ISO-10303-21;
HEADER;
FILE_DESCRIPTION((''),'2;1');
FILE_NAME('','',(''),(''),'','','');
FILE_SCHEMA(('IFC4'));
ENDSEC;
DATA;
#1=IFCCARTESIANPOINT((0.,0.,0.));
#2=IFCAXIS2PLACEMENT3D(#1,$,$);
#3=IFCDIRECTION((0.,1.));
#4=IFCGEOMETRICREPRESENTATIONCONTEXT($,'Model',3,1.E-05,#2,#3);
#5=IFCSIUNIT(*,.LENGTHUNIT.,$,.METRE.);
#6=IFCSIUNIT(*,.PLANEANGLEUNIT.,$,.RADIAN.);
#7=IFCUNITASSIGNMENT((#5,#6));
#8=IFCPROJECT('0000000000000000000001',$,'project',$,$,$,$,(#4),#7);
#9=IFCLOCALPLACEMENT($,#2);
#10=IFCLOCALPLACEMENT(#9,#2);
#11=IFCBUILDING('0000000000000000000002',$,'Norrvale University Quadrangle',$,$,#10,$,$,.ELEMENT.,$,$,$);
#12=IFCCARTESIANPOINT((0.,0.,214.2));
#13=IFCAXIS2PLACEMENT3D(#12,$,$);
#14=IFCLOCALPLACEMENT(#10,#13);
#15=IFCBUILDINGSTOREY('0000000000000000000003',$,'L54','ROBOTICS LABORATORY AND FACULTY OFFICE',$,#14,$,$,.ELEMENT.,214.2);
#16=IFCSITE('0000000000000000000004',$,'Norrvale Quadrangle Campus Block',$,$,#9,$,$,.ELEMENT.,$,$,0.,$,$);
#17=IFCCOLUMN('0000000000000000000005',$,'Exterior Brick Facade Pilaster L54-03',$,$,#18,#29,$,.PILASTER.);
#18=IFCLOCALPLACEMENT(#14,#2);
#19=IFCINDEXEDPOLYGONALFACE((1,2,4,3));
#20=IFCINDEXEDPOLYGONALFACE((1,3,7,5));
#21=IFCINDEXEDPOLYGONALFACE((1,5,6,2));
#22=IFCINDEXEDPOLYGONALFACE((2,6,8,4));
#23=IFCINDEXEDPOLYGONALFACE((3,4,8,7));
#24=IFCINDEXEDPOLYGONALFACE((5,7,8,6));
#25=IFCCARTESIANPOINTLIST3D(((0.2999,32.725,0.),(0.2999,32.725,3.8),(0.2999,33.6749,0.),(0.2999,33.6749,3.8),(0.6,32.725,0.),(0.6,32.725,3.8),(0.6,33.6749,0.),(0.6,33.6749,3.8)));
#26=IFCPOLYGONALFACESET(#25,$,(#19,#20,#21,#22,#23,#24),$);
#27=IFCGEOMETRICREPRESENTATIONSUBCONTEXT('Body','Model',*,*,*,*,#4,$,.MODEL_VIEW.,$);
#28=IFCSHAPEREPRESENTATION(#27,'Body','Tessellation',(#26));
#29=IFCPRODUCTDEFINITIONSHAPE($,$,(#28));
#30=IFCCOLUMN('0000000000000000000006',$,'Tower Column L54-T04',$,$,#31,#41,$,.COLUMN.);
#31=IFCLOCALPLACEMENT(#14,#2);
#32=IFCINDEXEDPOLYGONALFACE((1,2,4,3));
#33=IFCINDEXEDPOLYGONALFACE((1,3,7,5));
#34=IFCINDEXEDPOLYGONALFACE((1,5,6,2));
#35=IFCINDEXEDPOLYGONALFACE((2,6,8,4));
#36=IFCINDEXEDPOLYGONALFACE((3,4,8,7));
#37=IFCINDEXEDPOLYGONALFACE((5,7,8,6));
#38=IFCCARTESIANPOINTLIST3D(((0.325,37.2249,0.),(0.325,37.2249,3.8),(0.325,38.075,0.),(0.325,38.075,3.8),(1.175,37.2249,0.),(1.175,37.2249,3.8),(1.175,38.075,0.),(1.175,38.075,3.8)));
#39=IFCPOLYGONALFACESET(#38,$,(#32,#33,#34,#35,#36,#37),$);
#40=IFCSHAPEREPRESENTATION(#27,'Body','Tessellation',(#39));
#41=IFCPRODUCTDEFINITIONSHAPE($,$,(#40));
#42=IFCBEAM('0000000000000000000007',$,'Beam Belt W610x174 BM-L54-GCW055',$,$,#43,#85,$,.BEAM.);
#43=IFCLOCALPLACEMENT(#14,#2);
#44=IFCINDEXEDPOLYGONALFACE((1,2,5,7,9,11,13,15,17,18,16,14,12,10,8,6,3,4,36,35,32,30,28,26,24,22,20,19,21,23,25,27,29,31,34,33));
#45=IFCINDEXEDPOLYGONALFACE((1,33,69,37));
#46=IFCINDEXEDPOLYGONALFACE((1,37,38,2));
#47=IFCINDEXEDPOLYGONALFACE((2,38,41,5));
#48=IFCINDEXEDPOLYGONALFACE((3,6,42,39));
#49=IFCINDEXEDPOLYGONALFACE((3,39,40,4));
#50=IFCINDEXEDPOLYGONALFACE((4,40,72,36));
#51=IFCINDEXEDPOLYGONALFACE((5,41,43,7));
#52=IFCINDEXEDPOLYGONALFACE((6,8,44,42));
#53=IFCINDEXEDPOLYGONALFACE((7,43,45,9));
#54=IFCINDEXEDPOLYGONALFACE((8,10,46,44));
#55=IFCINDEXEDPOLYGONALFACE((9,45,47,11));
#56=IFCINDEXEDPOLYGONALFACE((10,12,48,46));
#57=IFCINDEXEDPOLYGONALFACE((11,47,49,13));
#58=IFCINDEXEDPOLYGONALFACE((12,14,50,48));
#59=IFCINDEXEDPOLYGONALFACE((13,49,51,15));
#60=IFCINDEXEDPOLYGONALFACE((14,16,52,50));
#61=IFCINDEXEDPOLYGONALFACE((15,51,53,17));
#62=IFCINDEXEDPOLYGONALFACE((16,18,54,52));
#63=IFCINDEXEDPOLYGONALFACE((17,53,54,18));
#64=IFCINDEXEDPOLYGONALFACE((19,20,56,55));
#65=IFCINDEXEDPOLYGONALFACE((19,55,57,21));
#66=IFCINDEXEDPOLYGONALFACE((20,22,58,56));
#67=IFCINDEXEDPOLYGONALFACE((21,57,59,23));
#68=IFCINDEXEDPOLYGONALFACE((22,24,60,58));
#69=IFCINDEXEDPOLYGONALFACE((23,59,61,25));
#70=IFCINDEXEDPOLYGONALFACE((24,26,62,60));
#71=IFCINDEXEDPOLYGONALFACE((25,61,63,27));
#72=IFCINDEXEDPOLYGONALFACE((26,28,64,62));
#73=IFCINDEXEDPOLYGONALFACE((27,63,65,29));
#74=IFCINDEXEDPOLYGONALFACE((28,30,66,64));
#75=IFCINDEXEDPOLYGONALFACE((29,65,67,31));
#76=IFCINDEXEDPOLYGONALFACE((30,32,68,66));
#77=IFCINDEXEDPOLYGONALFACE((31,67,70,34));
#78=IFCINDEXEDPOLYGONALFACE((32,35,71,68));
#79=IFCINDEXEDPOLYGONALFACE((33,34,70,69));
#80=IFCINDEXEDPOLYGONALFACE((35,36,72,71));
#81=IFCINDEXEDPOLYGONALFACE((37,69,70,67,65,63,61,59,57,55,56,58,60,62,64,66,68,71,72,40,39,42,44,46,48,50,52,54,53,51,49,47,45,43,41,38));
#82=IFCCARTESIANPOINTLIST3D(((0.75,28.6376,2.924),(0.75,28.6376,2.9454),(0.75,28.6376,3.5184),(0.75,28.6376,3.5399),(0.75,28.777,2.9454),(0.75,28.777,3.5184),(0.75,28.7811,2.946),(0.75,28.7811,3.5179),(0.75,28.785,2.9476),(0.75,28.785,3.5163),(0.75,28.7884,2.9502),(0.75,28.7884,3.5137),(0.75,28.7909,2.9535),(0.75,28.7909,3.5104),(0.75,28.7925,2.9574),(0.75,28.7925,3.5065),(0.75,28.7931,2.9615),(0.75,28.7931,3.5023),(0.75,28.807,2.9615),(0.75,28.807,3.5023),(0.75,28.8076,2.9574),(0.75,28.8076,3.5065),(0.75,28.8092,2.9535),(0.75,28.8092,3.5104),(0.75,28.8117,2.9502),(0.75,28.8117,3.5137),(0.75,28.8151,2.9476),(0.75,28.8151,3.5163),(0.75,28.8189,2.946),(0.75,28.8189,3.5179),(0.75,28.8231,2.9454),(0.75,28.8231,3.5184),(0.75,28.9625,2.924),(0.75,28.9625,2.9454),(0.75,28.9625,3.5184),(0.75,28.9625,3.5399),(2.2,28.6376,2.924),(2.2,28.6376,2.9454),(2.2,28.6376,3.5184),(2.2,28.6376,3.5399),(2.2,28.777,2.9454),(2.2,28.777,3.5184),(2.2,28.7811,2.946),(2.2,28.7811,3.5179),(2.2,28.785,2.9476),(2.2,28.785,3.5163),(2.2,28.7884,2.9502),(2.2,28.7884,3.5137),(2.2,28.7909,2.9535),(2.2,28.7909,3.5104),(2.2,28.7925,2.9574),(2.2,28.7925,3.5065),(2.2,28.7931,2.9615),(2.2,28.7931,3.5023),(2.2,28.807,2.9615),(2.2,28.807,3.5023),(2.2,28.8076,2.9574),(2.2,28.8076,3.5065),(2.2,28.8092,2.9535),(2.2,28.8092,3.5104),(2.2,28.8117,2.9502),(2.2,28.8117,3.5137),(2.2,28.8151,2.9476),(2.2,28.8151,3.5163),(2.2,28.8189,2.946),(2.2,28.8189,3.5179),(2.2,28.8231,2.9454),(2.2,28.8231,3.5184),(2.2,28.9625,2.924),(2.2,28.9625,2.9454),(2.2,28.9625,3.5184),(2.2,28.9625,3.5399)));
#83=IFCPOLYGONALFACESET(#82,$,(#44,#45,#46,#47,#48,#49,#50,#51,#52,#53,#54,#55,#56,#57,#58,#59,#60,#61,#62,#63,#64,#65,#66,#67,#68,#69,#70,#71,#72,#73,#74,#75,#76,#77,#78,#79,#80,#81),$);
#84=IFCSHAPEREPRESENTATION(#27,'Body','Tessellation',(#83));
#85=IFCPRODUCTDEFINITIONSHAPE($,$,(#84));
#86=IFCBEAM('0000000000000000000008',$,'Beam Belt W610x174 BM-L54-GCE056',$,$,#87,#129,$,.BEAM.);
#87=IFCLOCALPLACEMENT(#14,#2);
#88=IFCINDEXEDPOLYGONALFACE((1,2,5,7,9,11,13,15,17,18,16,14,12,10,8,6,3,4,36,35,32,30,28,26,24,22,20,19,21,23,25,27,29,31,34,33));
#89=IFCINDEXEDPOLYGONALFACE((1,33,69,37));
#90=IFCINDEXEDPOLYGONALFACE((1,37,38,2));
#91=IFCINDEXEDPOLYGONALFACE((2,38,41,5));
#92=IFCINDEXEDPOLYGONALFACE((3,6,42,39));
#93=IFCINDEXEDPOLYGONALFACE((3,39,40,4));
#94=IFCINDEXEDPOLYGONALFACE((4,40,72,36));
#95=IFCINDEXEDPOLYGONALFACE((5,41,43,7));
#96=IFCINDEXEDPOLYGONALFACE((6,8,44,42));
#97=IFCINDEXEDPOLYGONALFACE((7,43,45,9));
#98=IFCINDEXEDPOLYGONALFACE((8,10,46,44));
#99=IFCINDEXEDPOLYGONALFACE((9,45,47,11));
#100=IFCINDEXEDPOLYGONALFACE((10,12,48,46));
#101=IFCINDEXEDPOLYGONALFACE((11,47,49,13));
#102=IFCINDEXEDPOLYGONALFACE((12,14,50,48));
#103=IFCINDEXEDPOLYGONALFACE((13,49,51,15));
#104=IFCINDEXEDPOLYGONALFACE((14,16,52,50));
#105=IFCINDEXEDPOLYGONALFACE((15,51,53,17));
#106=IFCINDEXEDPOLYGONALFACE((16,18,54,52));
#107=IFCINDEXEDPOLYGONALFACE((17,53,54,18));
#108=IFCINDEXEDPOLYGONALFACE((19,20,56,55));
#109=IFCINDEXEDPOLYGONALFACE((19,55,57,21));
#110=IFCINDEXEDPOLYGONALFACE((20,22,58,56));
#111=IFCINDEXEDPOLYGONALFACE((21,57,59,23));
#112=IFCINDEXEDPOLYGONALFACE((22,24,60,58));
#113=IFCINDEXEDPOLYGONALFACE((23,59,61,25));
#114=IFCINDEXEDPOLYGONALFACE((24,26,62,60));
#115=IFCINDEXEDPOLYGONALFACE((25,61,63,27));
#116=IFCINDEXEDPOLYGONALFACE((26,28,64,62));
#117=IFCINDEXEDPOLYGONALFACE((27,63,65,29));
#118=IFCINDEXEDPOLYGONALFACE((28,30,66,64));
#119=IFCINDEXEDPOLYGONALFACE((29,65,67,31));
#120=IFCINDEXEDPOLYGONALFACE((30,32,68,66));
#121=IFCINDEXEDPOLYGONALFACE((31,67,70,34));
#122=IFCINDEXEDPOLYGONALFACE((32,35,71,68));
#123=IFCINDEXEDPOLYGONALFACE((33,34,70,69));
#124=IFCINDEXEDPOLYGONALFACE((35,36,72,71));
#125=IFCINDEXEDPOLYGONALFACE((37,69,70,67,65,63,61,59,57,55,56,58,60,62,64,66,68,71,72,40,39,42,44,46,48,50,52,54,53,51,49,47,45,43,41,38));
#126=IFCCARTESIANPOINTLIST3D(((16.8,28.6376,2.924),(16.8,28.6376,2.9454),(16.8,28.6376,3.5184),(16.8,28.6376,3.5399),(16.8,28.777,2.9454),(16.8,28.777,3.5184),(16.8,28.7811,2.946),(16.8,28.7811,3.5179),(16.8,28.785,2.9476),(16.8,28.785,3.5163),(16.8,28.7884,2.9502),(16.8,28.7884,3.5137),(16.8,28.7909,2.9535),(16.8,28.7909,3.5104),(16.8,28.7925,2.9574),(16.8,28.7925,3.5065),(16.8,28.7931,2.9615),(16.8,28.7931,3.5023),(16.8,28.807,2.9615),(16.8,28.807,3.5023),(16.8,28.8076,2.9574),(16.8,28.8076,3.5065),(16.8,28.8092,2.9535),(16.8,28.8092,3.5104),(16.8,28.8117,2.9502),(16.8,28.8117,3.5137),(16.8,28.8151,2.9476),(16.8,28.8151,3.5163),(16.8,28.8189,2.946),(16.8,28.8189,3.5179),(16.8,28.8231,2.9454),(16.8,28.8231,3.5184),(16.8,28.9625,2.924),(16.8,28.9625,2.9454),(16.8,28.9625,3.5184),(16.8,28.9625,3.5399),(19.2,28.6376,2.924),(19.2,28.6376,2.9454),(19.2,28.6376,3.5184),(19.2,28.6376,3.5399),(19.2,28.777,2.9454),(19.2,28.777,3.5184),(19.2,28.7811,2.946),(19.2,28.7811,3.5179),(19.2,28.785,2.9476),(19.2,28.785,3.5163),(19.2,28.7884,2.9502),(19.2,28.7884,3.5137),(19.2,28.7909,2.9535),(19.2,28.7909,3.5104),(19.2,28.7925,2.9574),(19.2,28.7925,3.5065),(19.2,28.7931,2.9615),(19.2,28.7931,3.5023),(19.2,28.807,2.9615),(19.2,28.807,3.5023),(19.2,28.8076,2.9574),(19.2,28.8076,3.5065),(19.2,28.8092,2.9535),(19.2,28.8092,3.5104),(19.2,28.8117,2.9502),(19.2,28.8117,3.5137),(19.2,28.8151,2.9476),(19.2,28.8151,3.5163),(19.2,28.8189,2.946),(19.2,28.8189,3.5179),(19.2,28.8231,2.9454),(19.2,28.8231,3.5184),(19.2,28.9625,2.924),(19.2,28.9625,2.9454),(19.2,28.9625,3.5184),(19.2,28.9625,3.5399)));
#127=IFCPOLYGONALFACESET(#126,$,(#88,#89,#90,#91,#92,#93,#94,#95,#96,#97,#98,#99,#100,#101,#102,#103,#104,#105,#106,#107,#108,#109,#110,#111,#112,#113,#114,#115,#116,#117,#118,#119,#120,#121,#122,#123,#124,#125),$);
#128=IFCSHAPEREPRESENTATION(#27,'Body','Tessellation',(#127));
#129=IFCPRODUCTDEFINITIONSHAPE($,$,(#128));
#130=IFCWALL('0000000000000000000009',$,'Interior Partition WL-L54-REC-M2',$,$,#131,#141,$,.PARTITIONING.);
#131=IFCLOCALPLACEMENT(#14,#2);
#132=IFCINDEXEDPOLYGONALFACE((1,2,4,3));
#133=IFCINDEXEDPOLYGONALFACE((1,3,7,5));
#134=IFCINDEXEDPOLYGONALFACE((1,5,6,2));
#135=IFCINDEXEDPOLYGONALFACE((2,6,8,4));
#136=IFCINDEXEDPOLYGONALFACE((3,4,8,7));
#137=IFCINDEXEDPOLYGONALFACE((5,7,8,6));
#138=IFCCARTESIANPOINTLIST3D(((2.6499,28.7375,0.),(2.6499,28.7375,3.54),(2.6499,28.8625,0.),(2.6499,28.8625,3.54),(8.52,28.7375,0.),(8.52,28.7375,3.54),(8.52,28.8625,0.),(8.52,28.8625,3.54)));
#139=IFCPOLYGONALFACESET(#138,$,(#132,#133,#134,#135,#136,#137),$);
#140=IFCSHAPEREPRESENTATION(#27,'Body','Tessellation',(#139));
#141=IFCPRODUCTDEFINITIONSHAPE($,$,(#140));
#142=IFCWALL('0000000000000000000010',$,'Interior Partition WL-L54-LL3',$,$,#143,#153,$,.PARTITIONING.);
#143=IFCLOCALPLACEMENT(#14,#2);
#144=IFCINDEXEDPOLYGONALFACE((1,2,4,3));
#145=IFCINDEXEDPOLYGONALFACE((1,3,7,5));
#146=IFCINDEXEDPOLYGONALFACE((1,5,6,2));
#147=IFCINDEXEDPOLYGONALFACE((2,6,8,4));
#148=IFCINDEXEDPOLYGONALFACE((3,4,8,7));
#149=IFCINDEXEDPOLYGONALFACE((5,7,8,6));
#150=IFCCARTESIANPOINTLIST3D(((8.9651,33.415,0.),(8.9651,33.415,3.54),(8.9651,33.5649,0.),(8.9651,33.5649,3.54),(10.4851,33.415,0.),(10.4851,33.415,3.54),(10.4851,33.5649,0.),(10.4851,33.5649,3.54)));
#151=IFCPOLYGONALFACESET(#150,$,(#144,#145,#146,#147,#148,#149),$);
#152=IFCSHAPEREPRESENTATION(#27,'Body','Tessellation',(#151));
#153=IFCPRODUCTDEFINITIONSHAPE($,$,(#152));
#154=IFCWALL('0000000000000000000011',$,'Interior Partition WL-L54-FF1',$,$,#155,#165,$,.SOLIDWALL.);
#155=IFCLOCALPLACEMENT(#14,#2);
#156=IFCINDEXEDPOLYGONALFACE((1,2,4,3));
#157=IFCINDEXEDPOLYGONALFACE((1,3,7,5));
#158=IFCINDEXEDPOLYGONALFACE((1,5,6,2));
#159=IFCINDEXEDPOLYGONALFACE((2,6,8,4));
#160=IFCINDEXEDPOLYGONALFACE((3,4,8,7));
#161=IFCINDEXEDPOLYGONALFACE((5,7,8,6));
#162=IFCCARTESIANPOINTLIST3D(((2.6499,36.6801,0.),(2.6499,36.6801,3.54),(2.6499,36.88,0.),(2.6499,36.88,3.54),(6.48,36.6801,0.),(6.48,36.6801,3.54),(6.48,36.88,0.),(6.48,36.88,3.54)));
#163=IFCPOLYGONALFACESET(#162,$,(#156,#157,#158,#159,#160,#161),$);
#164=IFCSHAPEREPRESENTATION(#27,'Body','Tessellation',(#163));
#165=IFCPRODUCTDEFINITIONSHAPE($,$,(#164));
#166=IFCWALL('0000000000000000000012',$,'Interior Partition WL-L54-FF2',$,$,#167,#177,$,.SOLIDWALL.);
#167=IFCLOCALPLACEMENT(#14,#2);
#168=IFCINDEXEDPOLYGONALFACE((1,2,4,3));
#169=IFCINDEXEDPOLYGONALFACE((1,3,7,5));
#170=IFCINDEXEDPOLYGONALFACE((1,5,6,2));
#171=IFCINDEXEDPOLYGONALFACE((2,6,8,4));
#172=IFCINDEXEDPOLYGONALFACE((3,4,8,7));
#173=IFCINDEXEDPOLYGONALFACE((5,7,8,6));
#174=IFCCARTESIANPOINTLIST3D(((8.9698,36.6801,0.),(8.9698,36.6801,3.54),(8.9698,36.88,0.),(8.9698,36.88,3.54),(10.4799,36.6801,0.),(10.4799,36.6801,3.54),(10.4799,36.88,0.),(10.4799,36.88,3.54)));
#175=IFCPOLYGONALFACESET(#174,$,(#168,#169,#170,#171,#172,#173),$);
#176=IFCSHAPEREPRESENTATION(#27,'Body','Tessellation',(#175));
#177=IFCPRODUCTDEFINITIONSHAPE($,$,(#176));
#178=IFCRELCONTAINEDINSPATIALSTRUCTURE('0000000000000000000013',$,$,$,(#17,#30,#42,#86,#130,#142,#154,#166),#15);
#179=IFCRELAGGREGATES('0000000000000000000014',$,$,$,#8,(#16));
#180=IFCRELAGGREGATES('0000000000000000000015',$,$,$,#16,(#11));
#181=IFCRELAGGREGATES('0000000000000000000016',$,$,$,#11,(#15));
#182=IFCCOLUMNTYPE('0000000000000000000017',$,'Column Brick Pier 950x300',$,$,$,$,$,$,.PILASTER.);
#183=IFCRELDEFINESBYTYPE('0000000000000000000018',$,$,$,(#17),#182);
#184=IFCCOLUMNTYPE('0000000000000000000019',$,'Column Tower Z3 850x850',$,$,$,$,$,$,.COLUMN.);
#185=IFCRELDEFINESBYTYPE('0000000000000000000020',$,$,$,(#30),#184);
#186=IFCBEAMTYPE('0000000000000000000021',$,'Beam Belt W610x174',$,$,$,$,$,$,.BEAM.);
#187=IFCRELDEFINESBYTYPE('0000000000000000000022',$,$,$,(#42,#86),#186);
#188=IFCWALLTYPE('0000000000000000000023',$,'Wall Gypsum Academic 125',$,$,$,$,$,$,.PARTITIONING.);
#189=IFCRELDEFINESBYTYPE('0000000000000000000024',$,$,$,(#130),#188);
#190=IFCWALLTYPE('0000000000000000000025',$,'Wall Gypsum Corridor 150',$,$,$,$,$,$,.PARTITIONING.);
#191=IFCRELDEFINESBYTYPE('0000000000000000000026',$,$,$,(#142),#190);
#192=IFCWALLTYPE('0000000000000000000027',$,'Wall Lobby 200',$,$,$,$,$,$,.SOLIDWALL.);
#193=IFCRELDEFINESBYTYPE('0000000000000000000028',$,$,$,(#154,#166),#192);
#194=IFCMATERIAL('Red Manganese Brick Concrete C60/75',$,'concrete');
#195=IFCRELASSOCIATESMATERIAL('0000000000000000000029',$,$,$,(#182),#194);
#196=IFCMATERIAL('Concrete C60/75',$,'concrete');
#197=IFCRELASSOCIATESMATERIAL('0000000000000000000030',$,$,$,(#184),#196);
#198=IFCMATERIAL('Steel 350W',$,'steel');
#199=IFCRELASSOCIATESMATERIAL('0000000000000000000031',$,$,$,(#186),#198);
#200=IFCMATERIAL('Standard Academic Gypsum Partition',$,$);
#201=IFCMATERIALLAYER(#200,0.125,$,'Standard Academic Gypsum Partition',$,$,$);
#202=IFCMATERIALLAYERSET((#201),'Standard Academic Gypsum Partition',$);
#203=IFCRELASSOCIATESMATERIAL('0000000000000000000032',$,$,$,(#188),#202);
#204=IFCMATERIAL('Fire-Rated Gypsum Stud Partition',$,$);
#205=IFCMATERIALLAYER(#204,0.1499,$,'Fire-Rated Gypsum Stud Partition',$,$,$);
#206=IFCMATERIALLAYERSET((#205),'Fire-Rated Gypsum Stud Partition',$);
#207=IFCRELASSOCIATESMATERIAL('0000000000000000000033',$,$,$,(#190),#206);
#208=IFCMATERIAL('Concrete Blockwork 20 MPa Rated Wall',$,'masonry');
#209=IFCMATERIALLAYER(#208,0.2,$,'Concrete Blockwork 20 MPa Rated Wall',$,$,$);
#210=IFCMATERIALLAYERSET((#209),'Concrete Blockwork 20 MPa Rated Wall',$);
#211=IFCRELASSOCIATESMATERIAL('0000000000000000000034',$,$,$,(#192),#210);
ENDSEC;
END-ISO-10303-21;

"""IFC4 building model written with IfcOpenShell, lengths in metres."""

from ifc_helpers import new_model, si_unit, direction, frame, frame_2d, origin, origin_2d, place, context, subcontext, project, spatial, rectangle, i_section, extrude, material, layer, layer_set, material_profile, profile_set, type_object, element, save


model = new_model("IFC4")

# Units and contexts
model_context = context("Model", 3, precision=1e-05, world=origin(), true_north=direction((0.0, 1.0)))
body_context = subcontext(model_context, "Body", "Model", "MODEL_VIEW")
ifc_project = project(units=[si_unit("LENGTHUNIT", "METRE"), si_unit("PLANEANGLEUNIT", "RADIAN")], contexts=[model_context])

# Site, building, storey
site_placement = place(None, origin())
site = spatial("IfcSite", under=ifc_project, at=site_placement, Name="Norrvale Quadrangle Campus Block", CompositionType="ELEMENT", RefElevation=0.0)
building_placement = place(site_placement, origin())
building = spatial("IfcBuilding", under=site, at=building_placement, Name="Norrvale University Quadrangle", CompositionType="ELEMENT")
storey_placement = place(building_placement, frame((0.0, 0.0, 214.2)))
storey = spatial("IfcBuildingStorey", under=building, at=storey_placement, Name="L54", Description="ROBOTICS LABORATORY AND FACULTY OFFICE", CompositionType="ELEMENT", Elevation=214.2)

# Columns
ifc_material_1 = material(Name="Red Manganese Brick Concrete C60/75", Category="concrete")
ifc_material_profile_1 = material_profile(ifc_material_1, rectangle(XDim=0.95, YDim=0.3, at=origin_2d()), Name="Red Manganese Brick Concrete C60/75")
ifc_profile_set_1 = profile_set([ifc_material_profile_1], Name="Red Manganese Brick Concrete C60/75")
column_type_1 = type_object("IfcColumnType", Name="Column Brick Pier 950x300", PredefinedType="PILASTER", material=ifc_profile_set_1)
column_1_placement = place(storey_placement, frame((0.45, 33.2, 0.0), z_axis=(0.0, 0.0, 1.0), x_axis=(0.0, 1.0, 0.0)))
element("IfcColumn", 1, at=column_1_placement, inside=storey, type_object=column_type_1, Name="Exterior Brick Facade Pilaster L54-03", PredefinedType="PILASTER", context=body_context, shape_type="SweptSolid", body=[
    extrude(rectangle(XDim=0.95, YDim=0.3, at=origin_2d()), origin(), (0.0, 0.0, 1.0), 3.8),
])
ifc_material_2 = material(Name="Concrete C60/75", Category="concrete")
ifc_material_profile_2 = material_profile(ifc_material_2, rectangle(XDim=0.8501, YDim=0.8501, at=origin_2d()), Name="Concrete C60/75")
ifc_profile_set_2 = profile_set([ifc_material_profile_2], Name="Concrete C60/75")
column_type_2 = type_object("IfcColumnType", Name="Column Tower Z3 850x850", PredefinedType="COLUMN", material=ifc_profile_set_2)
column_2_placement = place(storey_placement, frame((0.75, 37.6499, 0.0), z_axis=(0.0, 0.0, 1.0), x_axis=(1.0, 0.0, 0.0)))
element("IfcColumn", 2, at=column_2_placement, inside=storey, type_object=column_type_2, Name="Tower Column L54-T04", PredefinedType="COLUMN", context=body_context, shape_type="SweptSolid", body=[
    extrude(rectangle(XDim=0.8501, YDim=0.8501, at=origin_2d()), origin(), (0.0, 0.0, 1.0), 3.8),
])

# Beams
ifc_material_3 = material(Name="Steel 350W", Category="steel")
ifc_material_profile_3 = material_profile(ifc_material_3, i_section(OverallWidth=0.325, OverallDepth=0.616, WebThickness=0.0139, FlangeThickness=0.0215, FilletRadius=0.0161, at=origin_2d()), Name="Steel 350W")
ifc_profile_set_3 = profile_set([ifc_material_profile_3], Name="Steel 350W")
beam_type = type_object("IfcBeamType", Name="Beam Belt W610x174", PredefinedType="BEAM", material=ifc_profile_set_3)
beam_1_placement = place(storey_placement, frame((0.75, 28.8, 3.2319), z_axis=(1.0, 0.0, 0.0), x_axis=(0.0, 1.0, 0.0)))
element("IfcBeam", 3, at=beam_1_placement, inside=storey, type_object=beam_type, Name="Beam Belt W610x174 BM-L54-GCW055", PredefinedType="BEAM", context=body_context, shape_type="SweptSolid", body=[
    extrude(i_section(OverallWidth=0.325, OverallDepth=0.616, WebThickness=0.0139, FlangeThickness=0.0215, FilletRadius=0.0161, at=origin_2d()), origin(), (0.0, 0.0, 1.0), 1.45),
])
beam_2_placement = place(storey_placement, frame((16.8, 28.8, 3.2319), z_axis=(1.0, 0.0, 0.0), x_axis=(0.0, 1.0, 0.0)))
element("IfcBeam", 4, at=beam_2_placement, inside=storey, type_object=beam_type, Name="Beam Belt W610x174 BM-L54-GCE056", PredefinedType="BEAM", context=body_context, shape_type="SweptSolid", body=[
    extrude(i_section(OverallWidth=0.325, OverallDepth=0.616, WebThickness=0.0139, FlangeThickness=0.0215, FilletRadius=0.0161, at=origin_2d()), origin(), (0.0, 0.0, 1.0), 2.3999),
])

# Walls
ifc_material_4 = material(Name="Standard Academic Gypsum Partition")
ifc_layer_1 = layer(ifc_material_4, 0.125, Name="Standard Academic Gypsum Partition")
ifc_layer_set_1 = layer_set([ifc_layer_1], Name="Standard Academic Gypsum Partition")
wall_type_1 = type_object("IfcWallType", Name="Wall Gypsum Academic 125", PredefinedType="PARTITIONING", material=ifc_layer_set_1)
wall_1_placement = place(storey_placement, frame((2.6499, 28.8, 0.0), z_axis=(0.0, 0.0, 1.0), x_axis=(1.0, 0.0, 0.0)))
element("IfcWall", 5, at=wall_1_placement, inside=storey, type_object=wall_type_1, Name="Interior Partition WL-L54-REC-M2", PredefinedType="PARTITIONING", context=body_context, shape_type="SweptSolid", body=[
    extrude(rectangle(XDim=5.8701, YDim=0.125, at=frame_2d((2.9351, 0.0))), origin(), (0.0, 0.0, 1.0), 3.54),
])
ifc_material_5 = material(Name="Fire-Rated Gypsum Stud Partition")
ifc_layer_2 = layer(ifc_material_5, 0.1499, Name="Fire-Rated Gypsum Stud Partition")
ifc_layer_set_2 = layer_set([ifc_layer_2], Name="Fire-Rated Gypsum Stud Partition")
wall_type_2 = type_object("IfcWallType", Name="Wall Gypsum Corridor 150", PredefinedType="PARTITIONING", material=ifc_layer_set_2)
wall_2_placement = place(storey_placement, frame((8.9651, 33.49, 0.0), z_axis=(0.0, 0.0, 1.0), x_axis=(1.0, 0.0, 0.0)))
element("IfcWall", 6, at=wall_2_placement, inside=storey, type_object=wall_type_2, Name="Interior Partition WL-L54-LL3", PredefinedType="PARTITIONING", context=body_context, shape_type="SweptSolid", body=[
    extrude(rectangle(XDim=1.52, YDim=0.1499, at=frame_2d((0.76, 0.0))), origin(), (0.0, 0.0, 1.0), 3.54),
])
ifc_material_6 = material(Name="Concrete Blockwork 20 MPa Rated Wall", Category="masonry")
ifc_layer_3 = layer(ifc_material_6, 0.2, Name="Concrete Blockwork 20 MPa Rated Wall")
ifc_layer_set_3 = layer_set([ifc_layer_3], Name="Concrete Blockwork 20 MPa Rated Wall")
wall_type_3 = type_object("IfcWallType", Name="Wall Lobby 200", PredefinedType="SOLIDWALL", material=ifc_layer_set_3)
wall_3_placement = place(storey_placement, frame((2.6499, 36.78, 0.0), z_axis=(0.0, 0.0, 1.0), x_axis=(1.0, 0.0, 0.0)))
element("IfcWall", 7, at=wall_3_placement, inside=storey, type_object=wall_type_3, Name="Interior Partition WL-L54-FF1", PredefinedType="SOLIDWALL", context=body_context, shape_type="SweptSolid", body=[
    extrude(rectangle(XDim=3.8301, YDim=0.2, at=frame_2d((1.915, 0.0))), origin(), (0.0, 0.0, 1.0), 3.54),
])
wall_4_placement = place(storey_placement, frame((8.97, 36.78, 0.0), z_axis=(0.0, 0.0, 1.0), x_axis=(1.0, 0.0, 0.0)))
element("IfcWall", 8, at=wall_4_placement, inside=storey, type_object=wall_type_3, Name="Interior Partition WL-L54-FF2", PredefinedType="SOLIDWALL", context=body_context, shape_type="SweptSolid", body=[
    extrude(rectangle(XDim=1.51, YDim=0.2, at=frame_2d((0.7549, 0.0))), origin(), (0.0, 0.0, 1.0), 3.54),
])

save(model, "model.ifc")
